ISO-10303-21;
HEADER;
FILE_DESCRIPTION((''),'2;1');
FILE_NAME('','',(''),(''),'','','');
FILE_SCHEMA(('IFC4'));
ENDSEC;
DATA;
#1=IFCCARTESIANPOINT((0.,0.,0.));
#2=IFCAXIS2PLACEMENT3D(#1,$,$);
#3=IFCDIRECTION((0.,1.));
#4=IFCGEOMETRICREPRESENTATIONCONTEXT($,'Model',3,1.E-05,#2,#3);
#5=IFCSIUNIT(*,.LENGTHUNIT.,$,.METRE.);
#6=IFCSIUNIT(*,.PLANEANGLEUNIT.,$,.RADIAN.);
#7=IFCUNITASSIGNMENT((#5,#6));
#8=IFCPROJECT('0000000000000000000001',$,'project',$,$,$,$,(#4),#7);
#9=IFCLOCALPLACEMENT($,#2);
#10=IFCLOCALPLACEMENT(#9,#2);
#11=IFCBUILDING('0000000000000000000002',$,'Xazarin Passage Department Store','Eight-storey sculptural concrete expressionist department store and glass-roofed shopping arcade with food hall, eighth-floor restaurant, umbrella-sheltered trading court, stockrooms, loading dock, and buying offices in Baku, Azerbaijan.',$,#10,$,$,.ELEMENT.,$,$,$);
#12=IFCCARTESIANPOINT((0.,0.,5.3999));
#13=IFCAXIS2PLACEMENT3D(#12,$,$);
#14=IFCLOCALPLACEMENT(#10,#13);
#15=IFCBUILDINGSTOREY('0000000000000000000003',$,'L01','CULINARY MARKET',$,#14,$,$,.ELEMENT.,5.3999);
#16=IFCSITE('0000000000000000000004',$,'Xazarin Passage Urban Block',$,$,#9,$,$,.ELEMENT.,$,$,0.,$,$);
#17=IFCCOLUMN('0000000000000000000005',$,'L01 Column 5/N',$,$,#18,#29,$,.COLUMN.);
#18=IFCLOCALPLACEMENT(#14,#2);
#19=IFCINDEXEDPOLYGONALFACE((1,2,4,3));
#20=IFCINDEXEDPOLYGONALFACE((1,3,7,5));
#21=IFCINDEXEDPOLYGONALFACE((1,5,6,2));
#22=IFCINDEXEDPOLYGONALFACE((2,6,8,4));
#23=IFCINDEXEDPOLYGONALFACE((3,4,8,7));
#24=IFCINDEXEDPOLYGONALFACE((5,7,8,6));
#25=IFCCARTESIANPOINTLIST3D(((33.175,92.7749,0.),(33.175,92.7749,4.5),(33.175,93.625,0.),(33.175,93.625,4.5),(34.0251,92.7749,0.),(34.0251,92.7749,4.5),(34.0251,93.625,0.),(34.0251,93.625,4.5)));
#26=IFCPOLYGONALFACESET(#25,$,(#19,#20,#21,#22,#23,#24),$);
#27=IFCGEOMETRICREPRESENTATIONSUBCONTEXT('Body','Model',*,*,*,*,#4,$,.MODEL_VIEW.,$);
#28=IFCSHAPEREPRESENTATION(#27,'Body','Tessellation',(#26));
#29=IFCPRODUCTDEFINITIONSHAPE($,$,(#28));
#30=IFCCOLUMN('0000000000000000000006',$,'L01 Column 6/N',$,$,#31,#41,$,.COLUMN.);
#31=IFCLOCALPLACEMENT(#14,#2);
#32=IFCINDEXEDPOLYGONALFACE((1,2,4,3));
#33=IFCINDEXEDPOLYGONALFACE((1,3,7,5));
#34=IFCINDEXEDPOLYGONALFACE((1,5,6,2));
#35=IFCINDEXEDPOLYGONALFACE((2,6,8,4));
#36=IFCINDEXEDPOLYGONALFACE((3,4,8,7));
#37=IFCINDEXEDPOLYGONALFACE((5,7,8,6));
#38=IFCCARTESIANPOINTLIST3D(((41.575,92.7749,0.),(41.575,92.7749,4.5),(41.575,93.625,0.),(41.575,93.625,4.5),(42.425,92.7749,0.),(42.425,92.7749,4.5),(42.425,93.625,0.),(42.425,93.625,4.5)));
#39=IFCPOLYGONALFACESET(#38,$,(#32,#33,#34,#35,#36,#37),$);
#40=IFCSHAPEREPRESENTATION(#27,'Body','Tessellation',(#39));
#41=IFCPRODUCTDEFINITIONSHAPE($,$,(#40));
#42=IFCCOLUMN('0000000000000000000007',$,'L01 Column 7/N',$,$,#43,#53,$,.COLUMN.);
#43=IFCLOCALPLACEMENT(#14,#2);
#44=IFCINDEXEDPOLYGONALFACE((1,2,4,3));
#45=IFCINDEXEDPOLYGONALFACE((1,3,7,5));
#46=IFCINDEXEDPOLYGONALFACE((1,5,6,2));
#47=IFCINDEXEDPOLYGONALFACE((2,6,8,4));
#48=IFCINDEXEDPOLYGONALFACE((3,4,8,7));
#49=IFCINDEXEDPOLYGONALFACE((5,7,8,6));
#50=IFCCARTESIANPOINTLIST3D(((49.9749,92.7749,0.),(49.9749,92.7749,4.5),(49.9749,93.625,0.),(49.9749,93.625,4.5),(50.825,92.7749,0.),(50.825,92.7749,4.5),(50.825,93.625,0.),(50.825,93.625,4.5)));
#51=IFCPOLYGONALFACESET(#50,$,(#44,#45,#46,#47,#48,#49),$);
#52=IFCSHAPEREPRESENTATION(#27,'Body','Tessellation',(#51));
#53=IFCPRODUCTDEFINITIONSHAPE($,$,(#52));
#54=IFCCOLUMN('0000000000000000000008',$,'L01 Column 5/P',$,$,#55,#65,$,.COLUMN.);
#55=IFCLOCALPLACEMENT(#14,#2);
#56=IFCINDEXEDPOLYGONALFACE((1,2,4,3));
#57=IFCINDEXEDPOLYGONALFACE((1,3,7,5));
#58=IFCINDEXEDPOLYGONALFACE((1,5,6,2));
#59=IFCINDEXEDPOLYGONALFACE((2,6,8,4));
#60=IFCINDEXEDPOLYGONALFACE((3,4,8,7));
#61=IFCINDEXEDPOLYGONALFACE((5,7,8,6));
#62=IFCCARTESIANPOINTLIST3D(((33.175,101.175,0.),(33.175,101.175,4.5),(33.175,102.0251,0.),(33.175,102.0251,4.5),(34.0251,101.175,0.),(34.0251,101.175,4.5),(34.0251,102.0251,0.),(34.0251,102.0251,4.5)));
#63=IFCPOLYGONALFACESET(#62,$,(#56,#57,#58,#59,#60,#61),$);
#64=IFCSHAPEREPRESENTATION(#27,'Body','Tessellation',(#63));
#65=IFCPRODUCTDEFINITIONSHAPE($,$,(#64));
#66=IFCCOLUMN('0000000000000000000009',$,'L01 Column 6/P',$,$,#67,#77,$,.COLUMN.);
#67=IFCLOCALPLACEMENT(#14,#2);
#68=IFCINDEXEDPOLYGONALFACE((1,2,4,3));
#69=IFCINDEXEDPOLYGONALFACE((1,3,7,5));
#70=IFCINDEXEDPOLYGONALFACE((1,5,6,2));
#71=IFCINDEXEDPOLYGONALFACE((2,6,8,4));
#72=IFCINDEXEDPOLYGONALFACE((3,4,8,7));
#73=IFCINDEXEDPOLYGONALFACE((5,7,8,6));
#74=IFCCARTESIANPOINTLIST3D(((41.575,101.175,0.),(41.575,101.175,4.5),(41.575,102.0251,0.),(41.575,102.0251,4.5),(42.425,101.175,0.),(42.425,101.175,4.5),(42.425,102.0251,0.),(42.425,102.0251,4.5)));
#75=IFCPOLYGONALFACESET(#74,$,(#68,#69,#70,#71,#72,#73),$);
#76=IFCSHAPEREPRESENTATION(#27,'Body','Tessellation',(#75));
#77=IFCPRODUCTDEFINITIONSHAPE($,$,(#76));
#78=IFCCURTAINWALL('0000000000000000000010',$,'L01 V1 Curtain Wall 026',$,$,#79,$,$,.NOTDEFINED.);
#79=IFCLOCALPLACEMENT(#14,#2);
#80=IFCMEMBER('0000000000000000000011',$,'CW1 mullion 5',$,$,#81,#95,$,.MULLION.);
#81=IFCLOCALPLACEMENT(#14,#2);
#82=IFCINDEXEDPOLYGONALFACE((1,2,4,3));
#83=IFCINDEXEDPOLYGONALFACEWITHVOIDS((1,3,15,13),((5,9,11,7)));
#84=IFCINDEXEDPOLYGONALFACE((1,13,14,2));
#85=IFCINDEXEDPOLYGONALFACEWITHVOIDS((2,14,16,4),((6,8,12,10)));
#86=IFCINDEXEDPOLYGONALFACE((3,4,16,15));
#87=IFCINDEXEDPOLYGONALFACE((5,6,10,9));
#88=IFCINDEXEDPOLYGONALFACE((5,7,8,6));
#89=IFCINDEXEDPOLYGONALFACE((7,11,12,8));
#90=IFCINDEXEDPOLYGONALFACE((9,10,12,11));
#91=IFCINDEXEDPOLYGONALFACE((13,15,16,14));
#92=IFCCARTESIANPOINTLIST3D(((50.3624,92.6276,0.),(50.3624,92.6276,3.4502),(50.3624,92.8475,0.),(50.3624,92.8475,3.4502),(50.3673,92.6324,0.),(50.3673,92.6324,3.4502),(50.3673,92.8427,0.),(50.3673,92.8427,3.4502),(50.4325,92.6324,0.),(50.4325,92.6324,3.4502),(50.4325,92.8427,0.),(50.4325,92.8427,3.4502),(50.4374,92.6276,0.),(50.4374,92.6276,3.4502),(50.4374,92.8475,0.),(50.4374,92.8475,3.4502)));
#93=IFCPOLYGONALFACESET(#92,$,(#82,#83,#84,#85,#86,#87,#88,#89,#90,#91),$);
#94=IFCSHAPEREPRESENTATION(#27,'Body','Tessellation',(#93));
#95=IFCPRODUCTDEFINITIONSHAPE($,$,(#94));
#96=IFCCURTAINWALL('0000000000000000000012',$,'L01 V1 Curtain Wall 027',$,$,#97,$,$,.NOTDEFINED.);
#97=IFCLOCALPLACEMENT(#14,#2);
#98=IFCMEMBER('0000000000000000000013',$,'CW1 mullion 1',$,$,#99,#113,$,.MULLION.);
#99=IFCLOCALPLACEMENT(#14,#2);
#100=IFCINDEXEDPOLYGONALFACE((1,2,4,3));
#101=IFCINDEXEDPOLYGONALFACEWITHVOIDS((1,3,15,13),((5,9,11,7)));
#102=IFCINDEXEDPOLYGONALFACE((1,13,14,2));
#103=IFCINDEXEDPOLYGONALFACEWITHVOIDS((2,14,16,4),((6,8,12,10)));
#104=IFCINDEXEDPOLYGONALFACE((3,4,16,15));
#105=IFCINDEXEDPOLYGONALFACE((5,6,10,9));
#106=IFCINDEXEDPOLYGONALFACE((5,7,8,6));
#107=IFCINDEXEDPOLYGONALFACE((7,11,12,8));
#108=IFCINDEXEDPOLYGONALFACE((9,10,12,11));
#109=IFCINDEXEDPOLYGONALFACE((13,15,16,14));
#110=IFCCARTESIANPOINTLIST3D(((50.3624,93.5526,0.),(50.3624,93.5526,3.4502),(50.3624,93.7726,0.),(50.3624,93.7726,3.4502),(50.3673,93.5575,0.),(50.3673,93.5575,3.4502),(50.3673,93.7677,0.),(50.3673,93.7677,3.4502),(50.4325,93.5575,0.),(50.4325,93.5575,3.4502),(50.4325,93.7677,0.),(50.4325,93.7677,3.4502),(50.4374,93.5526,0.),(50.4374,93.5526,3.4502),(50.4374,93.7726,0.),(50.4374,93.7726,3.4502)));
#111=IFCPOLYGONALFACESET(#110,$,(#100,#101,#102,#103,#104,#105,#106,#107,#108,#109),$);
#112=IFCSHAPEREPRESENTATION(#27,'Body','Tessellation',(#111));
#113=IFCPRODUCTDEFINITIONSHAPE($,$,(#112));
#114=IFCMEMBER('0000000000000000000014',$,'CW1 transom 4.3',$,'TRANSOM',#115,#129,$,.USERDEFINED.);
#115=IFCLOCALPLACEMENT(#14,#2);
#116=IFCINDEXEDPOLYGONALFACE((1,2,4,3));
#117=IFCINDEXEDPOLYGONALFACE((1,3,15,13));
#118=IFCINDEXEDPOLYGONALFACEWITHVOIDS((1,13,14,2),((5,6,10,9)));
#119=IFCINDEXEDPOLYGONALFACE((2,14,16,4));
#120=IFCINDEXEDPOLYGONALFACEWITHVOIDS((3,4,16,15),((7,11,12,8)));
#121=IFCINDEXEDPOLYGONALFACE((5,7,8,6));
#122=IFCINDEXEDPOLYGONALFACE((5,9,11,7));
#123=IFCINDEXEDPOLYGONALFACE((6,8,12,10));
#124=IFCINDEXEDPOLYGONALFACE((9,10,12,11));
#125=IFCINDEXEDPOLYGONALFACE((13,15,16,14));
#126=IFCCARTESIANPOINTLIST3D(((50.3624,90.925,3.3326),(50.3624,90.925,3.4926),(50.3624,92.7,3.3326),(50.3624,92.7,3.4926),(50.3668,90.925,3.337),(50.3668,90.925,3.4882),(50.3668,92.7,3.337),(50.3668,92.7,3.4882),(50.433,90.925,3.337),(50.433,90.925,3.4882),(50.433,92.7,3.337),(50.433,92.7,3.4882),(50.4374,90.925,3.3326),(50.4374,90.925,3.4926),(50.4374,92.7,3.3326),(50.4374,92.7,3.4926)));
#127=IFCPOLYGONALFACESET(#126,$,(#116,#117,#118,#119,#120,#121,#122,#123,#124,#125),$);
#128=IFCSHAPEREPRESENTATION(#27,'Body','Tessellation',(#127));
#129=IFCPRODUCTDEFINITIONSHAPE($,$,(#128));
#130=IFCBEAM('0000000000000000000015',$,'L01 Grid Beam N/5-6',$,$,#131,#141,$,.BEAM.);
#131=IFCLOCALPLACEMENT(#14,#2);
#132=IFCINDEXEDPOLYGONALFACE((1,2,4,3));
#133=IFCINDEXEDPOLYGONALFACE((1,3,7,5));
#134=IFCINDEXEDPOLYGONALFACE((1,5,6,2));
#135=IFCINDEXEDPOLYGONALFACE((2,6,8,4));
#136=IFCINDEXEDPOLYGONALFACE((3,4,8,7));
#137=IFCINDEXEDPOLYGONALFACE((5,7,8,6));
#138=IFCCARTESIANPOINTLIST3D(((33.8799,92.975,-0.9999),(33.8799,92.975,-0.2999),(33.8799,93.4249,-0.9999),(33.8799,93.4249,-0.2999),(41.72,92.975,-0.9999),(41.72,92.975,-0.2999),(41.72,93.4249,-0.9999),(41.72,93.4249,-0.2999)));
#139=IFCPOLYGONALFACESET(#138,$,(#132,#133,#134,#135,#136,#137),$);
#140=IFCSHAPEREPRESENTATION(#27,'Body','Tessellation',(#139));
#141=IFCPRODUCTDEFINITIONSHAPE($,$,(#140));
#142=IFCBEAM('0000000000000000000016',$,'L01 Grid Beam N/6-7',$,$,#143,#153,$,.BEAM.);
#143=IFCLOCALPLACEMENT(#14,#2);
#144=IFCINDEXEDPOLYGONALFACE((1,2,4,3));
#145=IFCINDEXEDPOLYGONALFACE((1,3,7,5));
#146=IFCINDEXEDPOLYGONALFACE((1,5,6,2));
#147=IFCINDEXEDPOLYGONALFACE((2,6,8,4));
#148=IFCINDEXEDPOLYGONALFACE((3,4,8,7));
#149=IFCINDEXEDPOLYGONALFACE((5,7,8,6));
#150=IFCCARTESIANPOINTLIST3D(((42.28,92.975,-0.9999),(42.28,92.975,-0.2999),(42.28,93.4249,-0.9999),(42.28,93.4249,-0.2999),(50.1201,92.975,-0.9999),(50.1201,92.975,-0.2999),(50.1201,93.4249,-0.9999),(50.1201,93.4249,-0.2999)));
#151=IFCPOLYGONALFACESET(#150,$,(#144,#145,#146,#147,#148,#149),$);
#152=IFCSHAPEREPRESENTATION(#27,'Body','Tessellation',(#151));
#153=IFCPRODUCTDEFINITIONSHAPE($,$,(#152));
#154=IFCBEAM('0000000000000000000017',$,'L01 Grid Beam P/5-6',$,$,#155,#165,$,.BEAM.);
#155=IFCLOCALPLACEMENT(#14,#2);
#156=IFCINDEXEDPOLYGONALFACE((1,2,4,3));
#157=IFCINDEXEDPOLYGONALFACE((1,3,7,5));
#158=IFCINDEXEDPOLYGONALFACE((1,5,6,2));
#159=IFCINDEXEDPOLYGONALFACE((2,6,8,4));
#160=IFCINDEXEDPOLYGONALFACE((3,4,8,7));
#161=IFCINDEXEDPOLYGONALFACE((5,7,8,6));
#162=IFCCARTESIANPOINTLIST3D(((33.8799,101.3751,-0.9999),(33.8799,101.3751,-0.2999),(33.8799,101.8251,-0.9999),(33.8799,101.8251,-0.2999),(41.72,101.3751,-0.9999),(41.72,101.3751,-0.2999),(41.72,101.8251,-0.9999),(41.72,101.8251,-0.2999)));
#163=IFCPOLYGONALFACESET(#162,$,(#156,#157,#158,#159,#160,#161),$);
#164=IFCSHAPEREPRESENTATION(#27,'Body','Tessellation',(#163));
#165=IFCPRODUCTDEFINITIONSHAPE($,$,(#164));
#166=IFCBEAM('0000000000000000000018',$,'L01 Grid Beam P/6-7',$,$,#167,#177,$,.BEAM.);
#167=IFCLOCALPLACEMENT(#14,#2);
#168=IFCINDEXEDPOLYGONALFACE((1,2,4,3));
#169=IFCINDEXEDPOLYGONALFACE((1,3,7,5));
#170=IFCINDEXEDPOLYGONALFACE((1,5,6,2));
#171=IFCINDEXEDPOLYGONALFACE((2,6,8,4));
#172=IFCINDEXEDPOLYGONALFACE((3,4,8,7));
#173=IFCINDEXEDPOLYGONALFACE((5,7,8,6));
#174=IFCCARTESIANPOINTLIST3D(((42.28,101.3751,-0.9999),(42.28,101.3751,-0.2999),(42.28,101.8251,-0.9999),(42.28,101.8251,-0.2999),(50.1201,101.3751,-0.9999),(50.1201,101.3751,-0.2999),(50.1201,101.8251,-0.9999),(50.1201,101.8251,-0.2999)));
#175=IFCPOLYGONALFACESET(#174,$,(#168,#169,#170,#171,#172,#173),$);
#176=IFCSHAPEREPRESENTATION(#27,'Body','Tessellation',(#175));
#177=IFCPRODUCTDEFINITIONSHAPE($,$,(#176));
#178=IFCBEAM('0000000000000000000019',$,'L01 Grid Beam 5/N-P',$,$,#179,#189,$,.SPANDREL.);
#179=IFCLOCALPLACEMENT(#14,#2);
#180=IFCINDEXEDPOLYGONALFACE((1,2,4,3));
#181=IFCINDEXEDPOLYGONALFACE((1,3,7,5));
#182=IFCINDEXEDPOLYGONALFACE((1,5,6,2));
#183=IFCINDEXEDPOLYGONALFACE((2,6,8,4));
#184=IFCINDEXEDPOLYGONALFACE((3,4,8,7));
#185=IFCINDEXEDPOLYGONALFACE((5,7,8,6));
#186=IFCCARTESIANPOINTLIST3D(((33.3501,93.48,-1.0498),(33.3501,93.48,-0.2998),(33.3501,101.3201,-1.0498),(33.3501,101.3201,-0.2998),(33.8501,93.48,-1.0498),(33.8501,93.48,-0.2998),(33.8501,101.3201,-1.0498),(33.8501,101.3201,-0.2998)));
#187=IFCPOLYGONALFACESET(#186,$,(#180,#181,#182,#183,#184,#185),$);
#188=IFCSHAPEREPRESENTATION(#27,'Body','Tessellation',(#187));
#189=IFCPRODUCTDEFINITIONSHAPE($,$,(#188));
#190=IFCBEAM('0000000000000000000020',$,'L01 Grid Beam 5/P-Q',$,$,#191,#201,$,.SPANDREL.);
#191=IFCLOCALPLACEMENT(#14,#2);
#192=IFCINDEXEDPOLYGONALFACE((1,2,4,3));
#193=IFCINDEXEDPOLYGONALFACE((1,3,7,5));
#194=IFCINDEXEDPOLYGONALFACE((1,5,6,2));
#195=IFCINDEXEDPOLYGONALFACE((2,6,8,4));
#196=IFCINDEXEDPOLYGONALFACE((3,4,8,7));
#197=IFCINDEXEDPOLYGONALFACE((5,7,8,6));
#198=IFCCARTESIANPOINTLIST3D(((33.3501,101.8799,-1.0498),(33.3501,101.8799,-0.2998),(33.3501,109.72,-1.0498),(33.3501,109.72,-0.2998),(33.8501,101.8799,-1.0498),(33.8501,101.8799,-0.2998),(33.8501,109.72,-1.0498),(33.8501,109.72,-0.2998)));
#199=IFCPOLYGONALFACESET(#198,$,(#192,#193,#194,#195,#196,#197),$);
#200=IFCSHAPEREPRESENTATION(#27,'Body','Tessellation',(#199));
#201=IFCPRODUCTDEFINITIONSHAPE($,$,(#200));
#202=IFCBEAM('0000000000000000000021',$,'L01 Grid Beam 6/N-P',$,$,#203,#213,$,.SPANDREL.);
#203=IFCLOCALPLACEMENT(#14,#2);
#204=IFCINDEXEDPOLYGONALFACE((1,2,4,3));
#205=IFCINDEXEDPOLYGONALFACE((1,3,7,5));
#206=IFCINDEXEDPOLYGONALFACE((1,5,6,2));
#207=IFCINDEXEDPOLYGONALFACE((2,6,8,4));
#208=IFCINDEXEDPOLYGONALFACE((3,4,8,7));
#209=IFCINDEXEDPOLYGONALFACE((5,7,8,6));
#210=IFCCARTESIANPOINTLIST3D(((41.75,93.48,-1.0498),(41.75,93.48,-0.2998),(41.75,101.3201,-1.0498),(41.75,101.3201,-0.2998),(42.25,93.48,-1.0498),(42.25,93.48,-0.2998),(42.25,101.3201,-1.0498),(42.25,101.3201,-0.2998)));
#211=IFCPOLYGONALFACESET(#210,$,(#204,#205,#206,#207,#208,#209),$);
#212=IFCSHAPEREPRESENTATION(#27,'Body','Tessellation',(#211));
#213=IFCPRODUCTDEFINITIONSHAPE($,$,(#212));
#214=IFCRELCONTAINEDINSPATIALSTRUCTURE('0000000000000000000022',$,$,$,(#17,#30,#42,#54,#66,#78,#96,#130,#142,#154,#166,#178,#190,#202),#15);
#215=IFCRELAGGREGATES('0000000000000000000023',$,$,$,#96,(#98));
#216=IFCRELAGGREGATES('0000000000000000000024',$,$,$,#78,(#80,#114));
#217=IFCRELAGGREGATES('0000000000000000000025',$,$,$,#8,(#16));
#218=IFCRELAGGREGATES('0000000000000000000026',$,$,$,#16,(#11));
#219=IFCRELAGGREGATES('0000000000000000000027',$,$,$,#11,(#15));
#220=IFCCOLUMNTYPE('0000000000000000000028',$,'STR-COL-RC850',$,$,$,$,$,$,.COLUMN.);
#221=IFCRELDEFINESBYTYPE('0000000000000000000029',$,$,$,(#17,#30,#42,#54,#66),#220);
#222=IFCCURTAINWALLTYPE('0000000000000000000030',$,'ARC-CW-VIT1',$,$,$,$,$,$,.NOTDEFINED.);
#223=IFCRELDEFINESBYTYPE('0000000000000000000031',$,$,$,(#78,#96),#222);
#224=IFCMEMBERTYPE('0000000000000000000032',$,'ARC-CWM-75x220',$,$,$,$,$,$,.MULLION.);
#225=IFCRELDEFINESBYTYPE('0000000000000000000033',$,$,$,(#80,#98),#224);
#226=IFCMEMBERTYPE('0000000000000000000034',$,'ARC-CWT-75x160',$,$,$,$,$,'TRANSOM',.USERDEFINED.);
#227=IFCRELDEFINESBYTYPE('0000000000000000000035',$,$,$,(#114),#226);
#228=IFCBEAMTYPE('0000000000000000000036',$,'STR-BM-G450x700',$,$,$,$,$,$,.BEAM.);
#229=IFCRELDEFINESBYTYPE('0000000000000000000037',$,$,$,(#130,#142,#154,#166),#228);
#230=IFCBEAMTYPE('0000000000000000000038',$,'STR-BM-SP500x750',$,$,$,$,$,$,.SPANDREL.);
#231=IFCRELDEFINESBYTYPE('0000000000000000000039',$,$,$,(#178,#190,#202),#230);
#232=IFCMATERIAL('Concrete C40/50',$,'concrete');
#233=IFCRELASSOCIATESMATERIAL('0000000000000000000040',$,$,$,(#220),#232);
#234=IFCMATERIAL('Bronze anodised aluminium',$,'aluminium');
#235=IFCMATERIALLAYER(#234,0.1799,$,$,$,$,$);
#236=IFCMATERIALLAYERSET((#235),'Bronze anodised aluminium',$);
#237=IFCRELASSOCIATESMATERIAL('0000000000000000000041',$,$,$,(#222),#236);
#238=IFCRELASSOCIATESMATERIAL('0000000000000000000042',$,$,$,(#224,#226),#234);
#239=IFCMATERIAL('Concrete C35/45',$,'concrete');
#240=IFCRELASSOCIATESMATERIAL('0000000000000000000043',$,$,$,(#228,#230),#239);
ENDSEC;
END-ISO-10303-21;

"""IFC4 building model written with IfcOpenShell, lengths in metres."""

from ifc_helpers import new_model, si_unit, direction, frame, origin, origin_2d, place, context, subcontext, project, spatial, rectangle, hollow_rectangle, extrude, material, layer, layer_set, material_profile, profile_set, type_object, element, aggregate, save


model = new_model("IFC4")

# Units and contexts
model_context = context("Model", 3, precision=1e-05, world=origin(), true_north=direction((0.0, 1.0)))
body_context = subcontext(model_context, "Body", "Model", "MODEL_VIEW")
ifc_project = project(units=[si_unit("LENGTHUNIT", "METRE"), si_unit("PLANEANGLEUNIT", "RADIAN")], contexts=[model_context])

# Site, building, storey
site_placement = place(None, origin())
site = spatial("IfcSite", under=ifc_project, at=site_placement, Name="Xazarin Passage Urban Block", CompositionType="ELEMENT", RefElevation=0.0)
building_placement = place(site_placement, origin())
building = spatial("IfcBuilding", under=site, at=building_placement, Name="Xazarin Passage Department Store", Description="Eight-storey sculptural concrete expressionist department store and glass-roofed shopping arcade with food hall, eighth-floor restaurant, umbrella-sheltered trading court, stockrooms, loading dock, and buying offices in Baku, Azerbaijan.", CompositionType="ELEMENT")
storey_placement = place(building_placement, frame((0.0, 0.0, 5.3999)))
storey = spatial("IfcBuildingStorey", under=building, at=storey_placement, Name="L01", Description="CULINARY MARKET", CompositionType="ELEMENT", Elevation=5.3999)

# Columns
ifc_material_1 = material(Name="Concrete C40/50", Category="concrete")
ifc_material_profile_1 = material_profile(ifc_material_1, rectangle(XDim=0.8501, YDim=0.8501, at=origin_2d()), Name="RC 850x850")
ifc_profile_set_1 = profile_set([ifc_material_profile_1], Name="Concrete C40/50")
column_type = type_object("IfcColumnType", Name="STR-COL-RC850", PredefinedType="COLUMN", material=ifc_profile_set_1)
for number, where, z_axis, x_axis, name in (
    (1, (33.6001, 93.2, 0.0), (0.0, 0.0, 1.0), (1.0, 0.0, 0.0), "L01 Column 5/N"),
    (2, (42.0, 93.2, 0.0), (0.0, 0.0, 1.0), (1.0, 0.0, 0.0), "L01 Column 6/N"),
    (3, (50.3999, 93.2, 0.0), (0.0, 0.0, 1.0), (1.0, 0.0, 0.0), "L01 Column 7/N"),
    (4, (33.6001, 101.6001, 0.0), (0.0, 0.0, 1.0), (1.0, 0.0, 0.0), "L01 Column 5/P"),
    (5, (42.0, 101.6001, 0.0), (0.0, 0.0, 1.0), (1.0, 0.0, 0.0), "L01 Column 6/P"),
):
    element("IfcColumn", number, at=place(storey_placement, frame(where, z_axis=z_axis, x_axis=x_axis)), inside=storey, type_object=column_type, Name=name, PredefinedType="COLUMN", context=body_context, shape_type="SweptSolid", body=[
        extrude(rectangle(XDim=0.8501, YDim=0.8501, at=origin_2d()), origin(), (0.0, 0.0, 1.0), 4.5),
    ])

# Curtain walls, members
ifc_material_2 = material(Name="Bronze anodised aluminium", Category="aluminium")
ifc_layer_1 = layer(ifc_material_2, 0.1799)
ifc_layer_set_1 = layer_set([ifc_layer_1], Name="Bronze anodised aluminium")
curtain_wall_type = type_object("IfcCurtainWallType", Name="ARC-CW-VIT1", PredefinedType="NOTDEFINED", material=ifc_layer_set_1)
curtain_wall_1_placement = place(storey_placement, origin())
curtain_wall_1 = element("IfcCurtainWall", 6, at=curtain_wall_1_placement, inside=storey, type_object=curtain_wall_type, Name="L01 V1 Curtain Wall 026", PredefinedType="NOTDEFINED")
ifc_material_profile_2 = material_profile(ifc_material_2, hollow_rectangle(XDim=0.075, YDim=0.22, WallThickness=0.0049, at=origin_2d()), Name="ALU 75x220")
ifc_profile_set_2 = profile_set([ifc_material_profile_2], Name="Bronze anodised aluminium")
member_type_1 = type_object("IfcMemberType", Name="ARC-CWM-75x220", PredefinedType="MULLION", material=ifc_profile_set_2)
member_1_placement = place(storey_placement, frame((50.3999, 92.7375, 0.0), z_axis=(0.0, 0.0, 1.0), x_axis=(-1.0, 0.0, 0.0)))
member_1 = element("IfcMember", 7, at=member_1_placement, type_object=member_type_1, Name="CW1 mullion 5", PredefinedType="MULLION", context=body_context, shape_type="SweptSolid", body=[
    extrude(hollow_rectangle(XDim=0.075, YDim=0.22, WallThickness=0.0049, at=origin_2d()), origin(), (0.0, 0.0, 1.0), 3.4502),
])
curtain_wall_2_placement = place(storey_placement, origin())
curtain_wall_2 = element("IfcCurtainWall", 8, at=curtain_wall_2_placement, inside=storey, type_object=curtain_wall_type, Name="L01 V1 Curtain Wall 027", PredefinedType="NOTDEFINED")
member_2_placement = place(storey_placement, frame((50.3999, 93.6626, 0.0), z_axis=(0.0, 0.0, 1.0), x_axis=(-1.0, 0.0, 0.0)))
member_2 = element("IfcMember", 9, at=member_2_placement, type_object=member_type_1, Name="CW1 mullion 1", PredefinedType="MULLION", context=body_context, shape_type="SweptSolid", body=[
    extrude(hollow_rectangle(XDim=0.075, YDim=0.22, WallThickness=0.0049, at=origin_2d()), origin(), (0.0, 0.0, 1.0), 3.4502),
])
aggregate(curtain_wall_2, [member_2])

# Member
ifc_material_profile_3 = material_profile(ifc_material_2, hollow_rectangle(XDim=0.075, YDim=0.1599, WallThickness=0.0044, at=origin_2d()), Name="ALU 75x160")
ifc_profile_set_3 = profile_set([ifc_material_profile_3], Name="Bronze anodised aluminium")
member_type_2 = type_object("IfcMemberType", Name="ARC-CWT-75x160", ElementType="TRANSOM", PredefinedType="USERDEFINED", material=ifc_profile_set_3)
member_3_placement = place(storey_placement, frame((50.3999, 90.925, 3.4126), z_axis=(0.0, 1.0, 0.0), x_axis=(-1.0, 0.0, 0.0)))
member_3 = element("IfcMember", 10, at=member_3_placement, type_object=member_type_2, Name="CW1 transom 4.3", ObjectType="TRANSOM", PredefinedType="USERDEFINED", context=body_context, shape_type="SweptSolid", body=[
    extrude(hollow_rectangle(XDim=0.075, YDim=0.1599, WallThickness=0.0044, at=origin_2d()), origin(), (0.0, 0.0, 1.0), 1.7749),
])

# Beams
ifc_material_3 = material(Name="Concrete C35/45", Category="concrete")
ifc_material_profile_4 = material_profile(ifc_material_3, rectangle(XDim=0.45, YDim=0.7, at=origin_2d()), Name="RC 450x700")
ifc_profile_set_4 = profile_set([ifc_material_profile_4], Name="Concrete C35/45")
beam_type_1 = type_object("IfcBeamType", Name="STR-BM-G450x700", PredefinedType="BEAM", material=ifc_profile_set_4)
for number, where, z_axis, x_axis, name in (
    (11, (33.8799, 93.2, -0.6499), (1.0, 0.0, 0.0), (0.0, 1.0, 0.0), "L01 Grid Beam N/5-6"),
    (12, (42.28, 93.2, -0.6499), (1.0, 0.0, 0.0), (0.0, 1.0, 0.0), "L01 Grid Beam N/6-7"),
    (13, (33.8799, 101.6001, -0.6499), (1.0, 0.0, 0.0), (0.0, 1.0, 0.0), "L01 Grid Beam P/5-6"),
    (14, (42.28, 101.6001, -0.6499), (1.0, 0.0, 0.0), (0.0, 1.0, 0.0), "L01 Grid Beam P/6-7"),
):
    element("IfcBeam", number, at=place(storey_placement, frame(where, z_axis=z_axis, x_axis=x_axis)), inside=storey, type_object=beam_type_1, Name=name, PredefinedType="BEAM", context=body_context, shape_type="SweptSolid", body=[
        extrude(rectangle(XDim=0.45, YDim=0.7, at=origin_2d()), origin(), (0.0, 0.0, 1.0), 7.8401),
    ])
ifc_material_profile_5 = material_profile(ifc_material_3, rectangle(XDim=0.5, YDim=0.75, at=origin_2d()), Name="RC 500x750")
ifc_profile_set_5 = profile_set([ifc_material_profile_5], Name="Concrete C35/45")
beam_type_2 = type_object("IfcBeamType", Name="STR-BM-SP500x750", PredefinedType="SPANDREL", material=ifc_profile_set_5)
for number, where, z_axis, x_axis, name in (
    (15, (33.6001, 93.48, -0.6748), (0.0, 1.0, 0.0), (-1.0, 0.0, 0.0), "L01 Grid Beam 5/N-P"),
    (16, (33.6001, 101.8799, -0.6748), (0.0, 1.0, 0.0), (-1.0, 0.0, 0.0), "L01 Grid Beam 5/P-Q"),
    (17, (42.0, 93.48, -0.6748), (0.0, 1.0, 0.0), (-1.0, 0.0, 0.0), "L01 Grid Beam 6/N-P"),
):
    element("IfcBeam", number, at=place(storey_placement, frame(where, z_axis=z_axis, x_axis=x_axis)), inside=storey, type_object=beam_type_2, Name=name, PredefinedType="SPANDREL", context=body_context, shape_type="SweptSolid", body=[
        extrude(rectangle(XDim=0.5, YDim=0.75, at=origin_2d()), origin(), (0.0, 0.0, 1.0), 7.8401),
    ])

aggregate(curtain_wall_1, [member_1, member_3])

save(model, "model.ifc")
